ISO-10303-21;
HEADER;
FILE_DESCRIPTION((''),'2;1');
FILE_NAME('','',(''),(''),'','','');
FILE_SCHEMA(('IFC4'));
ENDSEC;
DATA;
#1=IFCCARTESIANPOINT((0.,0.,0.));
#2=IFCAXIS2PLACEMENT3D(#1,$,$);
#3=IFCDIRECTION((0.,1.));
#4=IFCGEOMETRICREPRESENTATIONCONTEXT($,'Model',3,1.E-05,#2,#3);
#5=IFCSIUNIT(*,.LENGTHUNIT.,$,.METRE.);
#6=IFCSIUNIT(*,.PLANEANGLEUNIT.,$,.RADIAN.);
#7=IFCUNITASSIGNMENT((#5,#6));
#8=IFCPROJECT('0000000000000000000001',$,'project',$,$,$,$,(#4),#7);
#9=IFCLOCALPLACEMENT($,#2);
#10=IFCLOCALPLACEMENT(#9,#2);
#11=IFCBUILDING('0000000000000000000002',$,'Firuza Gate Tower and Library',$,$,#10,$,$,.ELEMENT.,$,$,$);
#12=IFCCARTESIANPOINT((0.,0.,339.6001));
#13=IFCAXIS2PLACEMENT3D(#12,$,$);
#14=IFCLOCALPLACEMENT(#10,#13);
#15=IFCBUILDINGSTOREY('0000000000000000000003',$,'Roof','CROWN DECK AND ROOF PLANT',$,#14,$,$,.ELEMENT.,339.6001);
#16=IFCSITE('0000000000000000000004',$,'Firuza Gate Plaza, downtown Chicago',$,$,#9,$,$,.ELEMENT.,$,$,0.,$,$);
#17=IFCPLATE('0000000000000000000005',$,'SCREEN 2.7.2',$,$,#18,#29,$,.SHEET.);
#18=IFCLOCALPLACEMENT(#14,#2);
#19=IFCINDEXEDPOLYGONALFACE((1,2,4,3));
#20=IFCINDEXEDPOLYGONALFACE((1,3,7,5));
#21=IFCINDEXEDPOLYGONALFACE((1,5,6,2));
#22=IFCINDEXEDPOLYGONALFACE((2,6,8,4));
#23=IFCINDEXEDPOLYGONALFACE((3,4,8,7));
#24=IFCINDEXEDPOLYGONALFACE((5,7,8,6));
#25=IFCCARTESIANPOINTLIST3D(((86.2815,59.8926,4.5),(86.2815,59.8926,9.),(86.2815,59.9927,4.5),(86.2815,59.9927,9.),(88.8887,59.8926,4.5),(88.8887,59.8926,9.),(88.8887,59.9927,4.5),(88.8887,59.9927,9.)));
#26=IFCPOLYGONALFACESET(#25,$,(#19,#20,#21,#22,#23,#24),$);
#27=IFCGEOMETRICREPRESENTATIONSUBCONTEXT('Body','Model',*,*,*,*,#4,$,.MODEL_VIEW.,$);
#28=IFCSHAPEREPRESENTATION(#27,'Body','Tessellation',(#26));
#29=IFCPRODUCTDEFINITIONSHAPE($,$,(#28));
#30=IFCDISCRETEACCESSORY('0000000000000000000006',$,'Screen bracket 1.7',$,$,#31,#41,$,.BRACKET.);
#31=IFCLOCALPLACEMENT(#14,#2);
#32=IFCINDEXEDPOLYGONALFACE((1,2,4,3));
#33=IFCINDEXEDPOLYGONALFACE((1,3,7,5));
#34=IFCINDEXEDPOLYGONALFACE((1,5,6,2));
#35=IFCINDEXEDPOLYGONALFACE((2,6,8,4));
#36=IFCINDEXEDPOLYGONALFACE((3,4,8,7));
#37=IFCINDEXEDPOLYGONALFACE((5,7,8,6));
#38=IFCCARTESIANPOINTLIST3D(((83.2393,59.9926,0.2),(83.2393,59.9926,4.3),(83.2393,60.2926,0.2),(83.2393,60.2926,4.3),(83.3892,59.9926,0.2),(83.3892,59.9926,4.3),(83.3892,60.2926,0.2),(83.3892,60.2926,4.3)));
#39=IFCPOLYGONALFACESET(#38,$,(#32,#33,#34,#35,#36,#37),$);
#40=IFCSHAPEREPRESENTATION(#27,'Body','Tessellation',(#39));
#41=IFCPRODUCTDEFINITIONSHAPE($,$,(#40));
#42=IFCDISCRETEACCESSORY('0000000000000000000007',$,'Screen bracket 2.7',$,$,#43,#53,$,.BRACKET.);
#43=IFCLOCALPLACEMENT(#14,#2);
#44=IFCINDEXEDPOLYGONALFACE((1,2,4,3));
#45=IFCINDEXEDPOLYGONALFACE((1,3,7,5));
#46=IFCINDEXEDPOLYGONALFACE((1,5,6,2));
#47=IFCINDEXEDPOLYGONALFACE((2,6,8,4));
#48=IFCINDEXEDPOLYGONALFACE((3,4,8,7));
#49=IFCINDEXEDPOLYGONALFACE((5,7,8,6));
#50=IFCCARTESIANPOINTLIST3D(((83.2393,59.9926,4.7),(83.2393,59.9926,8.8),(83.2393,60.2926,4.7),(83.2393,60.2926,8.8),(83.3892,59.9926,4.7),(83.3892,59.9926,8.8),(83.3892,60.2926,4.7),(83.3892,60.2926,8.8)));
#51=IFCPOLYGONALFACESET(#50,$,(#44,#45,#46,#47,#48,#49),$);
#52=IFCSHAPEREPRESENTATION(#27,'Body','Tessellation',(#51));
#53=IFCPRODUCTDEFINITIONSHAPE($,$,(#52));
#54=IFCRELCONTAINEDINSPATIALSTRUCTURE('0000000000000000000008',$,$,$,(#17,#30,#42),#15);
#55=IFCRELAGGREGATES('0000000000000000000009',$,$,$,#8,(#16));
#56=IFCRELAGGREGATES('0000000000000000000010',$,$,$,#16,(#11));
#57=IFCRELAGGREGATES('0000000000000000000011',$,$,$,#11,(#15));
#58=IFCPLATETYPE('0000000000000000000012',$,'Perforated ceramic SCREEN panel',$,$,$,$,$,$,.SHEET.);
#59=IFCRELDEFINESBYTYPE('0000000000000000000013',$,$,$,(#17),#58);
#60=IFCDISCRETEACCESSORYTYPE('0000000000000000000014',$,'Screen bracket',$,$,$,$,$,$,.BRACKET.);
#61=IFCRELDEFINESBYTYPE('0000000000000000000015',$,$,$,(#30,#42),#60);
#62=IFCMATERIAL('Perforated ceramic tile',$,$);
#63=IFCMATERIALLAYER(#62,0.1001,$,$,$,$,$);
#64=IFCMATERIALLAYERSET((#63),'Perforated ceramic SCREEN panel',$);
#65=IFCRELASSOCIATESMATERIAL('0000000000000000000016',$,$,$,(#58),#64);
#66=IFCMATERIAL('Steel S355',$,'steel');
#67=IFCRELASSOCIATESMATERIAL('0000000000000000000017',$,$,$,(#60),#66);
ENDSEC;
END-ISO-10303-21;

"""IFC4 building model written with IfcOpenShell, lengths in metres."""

from ifc_helpers import new_model, si_unit, direction, frame, origin, origin_2d, place, context, subcontext, project, spatial, polyline, rectangle, outline, extrude, material, layer, layer_set, type_object, element, save


model = new_model("IFC4")

# Units and contexts
model_context = context("Model", 3, precision=1e-05, world=origin(), true_north=direction((0.0, 1.0)))
body_context = subcontext(model_context, "Body", "Model", "MODEL_VIEW")
ifc_project = project(units=[si_unit("LENGTHUNIT", "METRE"), si_unit("PLANEANGLEUNIT", "RADIAN")], contexts=[model_context])

# Site, building, storey
site_placement = place(None, origin())
site = spatial("IfcSite", under=ifc_project, at=site_placement, Name="Firuza Gate Plaza, downtown Chicago", CompositionType="ELEMENT", RefElevation=0.0)
building_placement = place(site_placement, origin())
building = spatial("IfcBuilding", under=site, at=building_placement, Name="Firuza Gate Tower and Library", CompositionType="ELEMENT")
storey_placement = place(building_placement, frame((0.0, 0.0, 339.6001)))
storey = spatial("IfcBuildingStorey", under=building, at=storey_placement, Name="Roof", Description="CROWN DECK AND ROOF PLANT", CompositionType="ELEMENT", Elevation=339.6001)

# Plate
ifc_material_1 = material(Name="Perforated ceramic tile")
ifc_layer = layer(ifc_material_1, 0.1001)
ifc_layer_set = layer_set([ifc_layer], Name="Perforated ceramic SCREEN panel")
plate_type = type_object("IfcPlateType", Name="Perforated ceramic SCREEN panel", PredefinedType="SHEET", material=ifc_layer_set)
for number, where, z_axis, x_axis, name in (
    (1, (86.2815, 59.8926, 4.5), (0.0, -1.0, 0.0), (1.0, 0.0, 0.0), "SCREEN 2.7.2"),
):
    element("IfcPlate", number, at=place(storey_placement, frame(where, z_axis=z_axis, x_axis=x_axis)), inside=storey, type_object=plate_type, Name=name, PredefinedType="SHEET", context=body_context, shape_type="SweptSolid", body=[
        extrude(outline(polyline([(0.0, 0.0), (2.6072, 0.0), (2.6072, 4.5), (0.0, 4.5), (0.0, 0.0)])), origin(), (0.0, 0.0, -1.0), 0.1001),
    ])

# Discrete accessories
ifc_material_2 = material(Name="Steel S355", Category="steel")
discrete_accessory_type = type_object("IfcDiscreteAccessoryType", Name="Screen bracket", PredefinedType="BRACKET", material=ifc_material_2)
for number, where, z_axis, x_axis, name in (
    (2, (83.3142, 60.1426, 0.2), (0.0, 0.0, 1.0), (0.0, -1.0, 0.0), "Screen bracket 1.7"),
    (3, (83.3142, 60.1426, 4.7), (0.0, 0.0, 1.0), (0.0, -1.0, 0.0), "Screen bracket 2.7"),
):
    element("IfcDiscreteAccessory", number, at=place(storey_placement, frame(where, z_axis=z_axis, x_axis=x_axis)), inside=storey, type_object=discrete_accessory_type, Name=name, PredefinedType="BRACKET", context=body_context, shape_type="SweptSolid", body=[
        extrude(rectangle(XDim=0.3, YDim=0.1499, at=origin_2d()), origin(), (0.0, 0.0, 1.0), 4.1001),
    ])

save(model, "model.ifc")
